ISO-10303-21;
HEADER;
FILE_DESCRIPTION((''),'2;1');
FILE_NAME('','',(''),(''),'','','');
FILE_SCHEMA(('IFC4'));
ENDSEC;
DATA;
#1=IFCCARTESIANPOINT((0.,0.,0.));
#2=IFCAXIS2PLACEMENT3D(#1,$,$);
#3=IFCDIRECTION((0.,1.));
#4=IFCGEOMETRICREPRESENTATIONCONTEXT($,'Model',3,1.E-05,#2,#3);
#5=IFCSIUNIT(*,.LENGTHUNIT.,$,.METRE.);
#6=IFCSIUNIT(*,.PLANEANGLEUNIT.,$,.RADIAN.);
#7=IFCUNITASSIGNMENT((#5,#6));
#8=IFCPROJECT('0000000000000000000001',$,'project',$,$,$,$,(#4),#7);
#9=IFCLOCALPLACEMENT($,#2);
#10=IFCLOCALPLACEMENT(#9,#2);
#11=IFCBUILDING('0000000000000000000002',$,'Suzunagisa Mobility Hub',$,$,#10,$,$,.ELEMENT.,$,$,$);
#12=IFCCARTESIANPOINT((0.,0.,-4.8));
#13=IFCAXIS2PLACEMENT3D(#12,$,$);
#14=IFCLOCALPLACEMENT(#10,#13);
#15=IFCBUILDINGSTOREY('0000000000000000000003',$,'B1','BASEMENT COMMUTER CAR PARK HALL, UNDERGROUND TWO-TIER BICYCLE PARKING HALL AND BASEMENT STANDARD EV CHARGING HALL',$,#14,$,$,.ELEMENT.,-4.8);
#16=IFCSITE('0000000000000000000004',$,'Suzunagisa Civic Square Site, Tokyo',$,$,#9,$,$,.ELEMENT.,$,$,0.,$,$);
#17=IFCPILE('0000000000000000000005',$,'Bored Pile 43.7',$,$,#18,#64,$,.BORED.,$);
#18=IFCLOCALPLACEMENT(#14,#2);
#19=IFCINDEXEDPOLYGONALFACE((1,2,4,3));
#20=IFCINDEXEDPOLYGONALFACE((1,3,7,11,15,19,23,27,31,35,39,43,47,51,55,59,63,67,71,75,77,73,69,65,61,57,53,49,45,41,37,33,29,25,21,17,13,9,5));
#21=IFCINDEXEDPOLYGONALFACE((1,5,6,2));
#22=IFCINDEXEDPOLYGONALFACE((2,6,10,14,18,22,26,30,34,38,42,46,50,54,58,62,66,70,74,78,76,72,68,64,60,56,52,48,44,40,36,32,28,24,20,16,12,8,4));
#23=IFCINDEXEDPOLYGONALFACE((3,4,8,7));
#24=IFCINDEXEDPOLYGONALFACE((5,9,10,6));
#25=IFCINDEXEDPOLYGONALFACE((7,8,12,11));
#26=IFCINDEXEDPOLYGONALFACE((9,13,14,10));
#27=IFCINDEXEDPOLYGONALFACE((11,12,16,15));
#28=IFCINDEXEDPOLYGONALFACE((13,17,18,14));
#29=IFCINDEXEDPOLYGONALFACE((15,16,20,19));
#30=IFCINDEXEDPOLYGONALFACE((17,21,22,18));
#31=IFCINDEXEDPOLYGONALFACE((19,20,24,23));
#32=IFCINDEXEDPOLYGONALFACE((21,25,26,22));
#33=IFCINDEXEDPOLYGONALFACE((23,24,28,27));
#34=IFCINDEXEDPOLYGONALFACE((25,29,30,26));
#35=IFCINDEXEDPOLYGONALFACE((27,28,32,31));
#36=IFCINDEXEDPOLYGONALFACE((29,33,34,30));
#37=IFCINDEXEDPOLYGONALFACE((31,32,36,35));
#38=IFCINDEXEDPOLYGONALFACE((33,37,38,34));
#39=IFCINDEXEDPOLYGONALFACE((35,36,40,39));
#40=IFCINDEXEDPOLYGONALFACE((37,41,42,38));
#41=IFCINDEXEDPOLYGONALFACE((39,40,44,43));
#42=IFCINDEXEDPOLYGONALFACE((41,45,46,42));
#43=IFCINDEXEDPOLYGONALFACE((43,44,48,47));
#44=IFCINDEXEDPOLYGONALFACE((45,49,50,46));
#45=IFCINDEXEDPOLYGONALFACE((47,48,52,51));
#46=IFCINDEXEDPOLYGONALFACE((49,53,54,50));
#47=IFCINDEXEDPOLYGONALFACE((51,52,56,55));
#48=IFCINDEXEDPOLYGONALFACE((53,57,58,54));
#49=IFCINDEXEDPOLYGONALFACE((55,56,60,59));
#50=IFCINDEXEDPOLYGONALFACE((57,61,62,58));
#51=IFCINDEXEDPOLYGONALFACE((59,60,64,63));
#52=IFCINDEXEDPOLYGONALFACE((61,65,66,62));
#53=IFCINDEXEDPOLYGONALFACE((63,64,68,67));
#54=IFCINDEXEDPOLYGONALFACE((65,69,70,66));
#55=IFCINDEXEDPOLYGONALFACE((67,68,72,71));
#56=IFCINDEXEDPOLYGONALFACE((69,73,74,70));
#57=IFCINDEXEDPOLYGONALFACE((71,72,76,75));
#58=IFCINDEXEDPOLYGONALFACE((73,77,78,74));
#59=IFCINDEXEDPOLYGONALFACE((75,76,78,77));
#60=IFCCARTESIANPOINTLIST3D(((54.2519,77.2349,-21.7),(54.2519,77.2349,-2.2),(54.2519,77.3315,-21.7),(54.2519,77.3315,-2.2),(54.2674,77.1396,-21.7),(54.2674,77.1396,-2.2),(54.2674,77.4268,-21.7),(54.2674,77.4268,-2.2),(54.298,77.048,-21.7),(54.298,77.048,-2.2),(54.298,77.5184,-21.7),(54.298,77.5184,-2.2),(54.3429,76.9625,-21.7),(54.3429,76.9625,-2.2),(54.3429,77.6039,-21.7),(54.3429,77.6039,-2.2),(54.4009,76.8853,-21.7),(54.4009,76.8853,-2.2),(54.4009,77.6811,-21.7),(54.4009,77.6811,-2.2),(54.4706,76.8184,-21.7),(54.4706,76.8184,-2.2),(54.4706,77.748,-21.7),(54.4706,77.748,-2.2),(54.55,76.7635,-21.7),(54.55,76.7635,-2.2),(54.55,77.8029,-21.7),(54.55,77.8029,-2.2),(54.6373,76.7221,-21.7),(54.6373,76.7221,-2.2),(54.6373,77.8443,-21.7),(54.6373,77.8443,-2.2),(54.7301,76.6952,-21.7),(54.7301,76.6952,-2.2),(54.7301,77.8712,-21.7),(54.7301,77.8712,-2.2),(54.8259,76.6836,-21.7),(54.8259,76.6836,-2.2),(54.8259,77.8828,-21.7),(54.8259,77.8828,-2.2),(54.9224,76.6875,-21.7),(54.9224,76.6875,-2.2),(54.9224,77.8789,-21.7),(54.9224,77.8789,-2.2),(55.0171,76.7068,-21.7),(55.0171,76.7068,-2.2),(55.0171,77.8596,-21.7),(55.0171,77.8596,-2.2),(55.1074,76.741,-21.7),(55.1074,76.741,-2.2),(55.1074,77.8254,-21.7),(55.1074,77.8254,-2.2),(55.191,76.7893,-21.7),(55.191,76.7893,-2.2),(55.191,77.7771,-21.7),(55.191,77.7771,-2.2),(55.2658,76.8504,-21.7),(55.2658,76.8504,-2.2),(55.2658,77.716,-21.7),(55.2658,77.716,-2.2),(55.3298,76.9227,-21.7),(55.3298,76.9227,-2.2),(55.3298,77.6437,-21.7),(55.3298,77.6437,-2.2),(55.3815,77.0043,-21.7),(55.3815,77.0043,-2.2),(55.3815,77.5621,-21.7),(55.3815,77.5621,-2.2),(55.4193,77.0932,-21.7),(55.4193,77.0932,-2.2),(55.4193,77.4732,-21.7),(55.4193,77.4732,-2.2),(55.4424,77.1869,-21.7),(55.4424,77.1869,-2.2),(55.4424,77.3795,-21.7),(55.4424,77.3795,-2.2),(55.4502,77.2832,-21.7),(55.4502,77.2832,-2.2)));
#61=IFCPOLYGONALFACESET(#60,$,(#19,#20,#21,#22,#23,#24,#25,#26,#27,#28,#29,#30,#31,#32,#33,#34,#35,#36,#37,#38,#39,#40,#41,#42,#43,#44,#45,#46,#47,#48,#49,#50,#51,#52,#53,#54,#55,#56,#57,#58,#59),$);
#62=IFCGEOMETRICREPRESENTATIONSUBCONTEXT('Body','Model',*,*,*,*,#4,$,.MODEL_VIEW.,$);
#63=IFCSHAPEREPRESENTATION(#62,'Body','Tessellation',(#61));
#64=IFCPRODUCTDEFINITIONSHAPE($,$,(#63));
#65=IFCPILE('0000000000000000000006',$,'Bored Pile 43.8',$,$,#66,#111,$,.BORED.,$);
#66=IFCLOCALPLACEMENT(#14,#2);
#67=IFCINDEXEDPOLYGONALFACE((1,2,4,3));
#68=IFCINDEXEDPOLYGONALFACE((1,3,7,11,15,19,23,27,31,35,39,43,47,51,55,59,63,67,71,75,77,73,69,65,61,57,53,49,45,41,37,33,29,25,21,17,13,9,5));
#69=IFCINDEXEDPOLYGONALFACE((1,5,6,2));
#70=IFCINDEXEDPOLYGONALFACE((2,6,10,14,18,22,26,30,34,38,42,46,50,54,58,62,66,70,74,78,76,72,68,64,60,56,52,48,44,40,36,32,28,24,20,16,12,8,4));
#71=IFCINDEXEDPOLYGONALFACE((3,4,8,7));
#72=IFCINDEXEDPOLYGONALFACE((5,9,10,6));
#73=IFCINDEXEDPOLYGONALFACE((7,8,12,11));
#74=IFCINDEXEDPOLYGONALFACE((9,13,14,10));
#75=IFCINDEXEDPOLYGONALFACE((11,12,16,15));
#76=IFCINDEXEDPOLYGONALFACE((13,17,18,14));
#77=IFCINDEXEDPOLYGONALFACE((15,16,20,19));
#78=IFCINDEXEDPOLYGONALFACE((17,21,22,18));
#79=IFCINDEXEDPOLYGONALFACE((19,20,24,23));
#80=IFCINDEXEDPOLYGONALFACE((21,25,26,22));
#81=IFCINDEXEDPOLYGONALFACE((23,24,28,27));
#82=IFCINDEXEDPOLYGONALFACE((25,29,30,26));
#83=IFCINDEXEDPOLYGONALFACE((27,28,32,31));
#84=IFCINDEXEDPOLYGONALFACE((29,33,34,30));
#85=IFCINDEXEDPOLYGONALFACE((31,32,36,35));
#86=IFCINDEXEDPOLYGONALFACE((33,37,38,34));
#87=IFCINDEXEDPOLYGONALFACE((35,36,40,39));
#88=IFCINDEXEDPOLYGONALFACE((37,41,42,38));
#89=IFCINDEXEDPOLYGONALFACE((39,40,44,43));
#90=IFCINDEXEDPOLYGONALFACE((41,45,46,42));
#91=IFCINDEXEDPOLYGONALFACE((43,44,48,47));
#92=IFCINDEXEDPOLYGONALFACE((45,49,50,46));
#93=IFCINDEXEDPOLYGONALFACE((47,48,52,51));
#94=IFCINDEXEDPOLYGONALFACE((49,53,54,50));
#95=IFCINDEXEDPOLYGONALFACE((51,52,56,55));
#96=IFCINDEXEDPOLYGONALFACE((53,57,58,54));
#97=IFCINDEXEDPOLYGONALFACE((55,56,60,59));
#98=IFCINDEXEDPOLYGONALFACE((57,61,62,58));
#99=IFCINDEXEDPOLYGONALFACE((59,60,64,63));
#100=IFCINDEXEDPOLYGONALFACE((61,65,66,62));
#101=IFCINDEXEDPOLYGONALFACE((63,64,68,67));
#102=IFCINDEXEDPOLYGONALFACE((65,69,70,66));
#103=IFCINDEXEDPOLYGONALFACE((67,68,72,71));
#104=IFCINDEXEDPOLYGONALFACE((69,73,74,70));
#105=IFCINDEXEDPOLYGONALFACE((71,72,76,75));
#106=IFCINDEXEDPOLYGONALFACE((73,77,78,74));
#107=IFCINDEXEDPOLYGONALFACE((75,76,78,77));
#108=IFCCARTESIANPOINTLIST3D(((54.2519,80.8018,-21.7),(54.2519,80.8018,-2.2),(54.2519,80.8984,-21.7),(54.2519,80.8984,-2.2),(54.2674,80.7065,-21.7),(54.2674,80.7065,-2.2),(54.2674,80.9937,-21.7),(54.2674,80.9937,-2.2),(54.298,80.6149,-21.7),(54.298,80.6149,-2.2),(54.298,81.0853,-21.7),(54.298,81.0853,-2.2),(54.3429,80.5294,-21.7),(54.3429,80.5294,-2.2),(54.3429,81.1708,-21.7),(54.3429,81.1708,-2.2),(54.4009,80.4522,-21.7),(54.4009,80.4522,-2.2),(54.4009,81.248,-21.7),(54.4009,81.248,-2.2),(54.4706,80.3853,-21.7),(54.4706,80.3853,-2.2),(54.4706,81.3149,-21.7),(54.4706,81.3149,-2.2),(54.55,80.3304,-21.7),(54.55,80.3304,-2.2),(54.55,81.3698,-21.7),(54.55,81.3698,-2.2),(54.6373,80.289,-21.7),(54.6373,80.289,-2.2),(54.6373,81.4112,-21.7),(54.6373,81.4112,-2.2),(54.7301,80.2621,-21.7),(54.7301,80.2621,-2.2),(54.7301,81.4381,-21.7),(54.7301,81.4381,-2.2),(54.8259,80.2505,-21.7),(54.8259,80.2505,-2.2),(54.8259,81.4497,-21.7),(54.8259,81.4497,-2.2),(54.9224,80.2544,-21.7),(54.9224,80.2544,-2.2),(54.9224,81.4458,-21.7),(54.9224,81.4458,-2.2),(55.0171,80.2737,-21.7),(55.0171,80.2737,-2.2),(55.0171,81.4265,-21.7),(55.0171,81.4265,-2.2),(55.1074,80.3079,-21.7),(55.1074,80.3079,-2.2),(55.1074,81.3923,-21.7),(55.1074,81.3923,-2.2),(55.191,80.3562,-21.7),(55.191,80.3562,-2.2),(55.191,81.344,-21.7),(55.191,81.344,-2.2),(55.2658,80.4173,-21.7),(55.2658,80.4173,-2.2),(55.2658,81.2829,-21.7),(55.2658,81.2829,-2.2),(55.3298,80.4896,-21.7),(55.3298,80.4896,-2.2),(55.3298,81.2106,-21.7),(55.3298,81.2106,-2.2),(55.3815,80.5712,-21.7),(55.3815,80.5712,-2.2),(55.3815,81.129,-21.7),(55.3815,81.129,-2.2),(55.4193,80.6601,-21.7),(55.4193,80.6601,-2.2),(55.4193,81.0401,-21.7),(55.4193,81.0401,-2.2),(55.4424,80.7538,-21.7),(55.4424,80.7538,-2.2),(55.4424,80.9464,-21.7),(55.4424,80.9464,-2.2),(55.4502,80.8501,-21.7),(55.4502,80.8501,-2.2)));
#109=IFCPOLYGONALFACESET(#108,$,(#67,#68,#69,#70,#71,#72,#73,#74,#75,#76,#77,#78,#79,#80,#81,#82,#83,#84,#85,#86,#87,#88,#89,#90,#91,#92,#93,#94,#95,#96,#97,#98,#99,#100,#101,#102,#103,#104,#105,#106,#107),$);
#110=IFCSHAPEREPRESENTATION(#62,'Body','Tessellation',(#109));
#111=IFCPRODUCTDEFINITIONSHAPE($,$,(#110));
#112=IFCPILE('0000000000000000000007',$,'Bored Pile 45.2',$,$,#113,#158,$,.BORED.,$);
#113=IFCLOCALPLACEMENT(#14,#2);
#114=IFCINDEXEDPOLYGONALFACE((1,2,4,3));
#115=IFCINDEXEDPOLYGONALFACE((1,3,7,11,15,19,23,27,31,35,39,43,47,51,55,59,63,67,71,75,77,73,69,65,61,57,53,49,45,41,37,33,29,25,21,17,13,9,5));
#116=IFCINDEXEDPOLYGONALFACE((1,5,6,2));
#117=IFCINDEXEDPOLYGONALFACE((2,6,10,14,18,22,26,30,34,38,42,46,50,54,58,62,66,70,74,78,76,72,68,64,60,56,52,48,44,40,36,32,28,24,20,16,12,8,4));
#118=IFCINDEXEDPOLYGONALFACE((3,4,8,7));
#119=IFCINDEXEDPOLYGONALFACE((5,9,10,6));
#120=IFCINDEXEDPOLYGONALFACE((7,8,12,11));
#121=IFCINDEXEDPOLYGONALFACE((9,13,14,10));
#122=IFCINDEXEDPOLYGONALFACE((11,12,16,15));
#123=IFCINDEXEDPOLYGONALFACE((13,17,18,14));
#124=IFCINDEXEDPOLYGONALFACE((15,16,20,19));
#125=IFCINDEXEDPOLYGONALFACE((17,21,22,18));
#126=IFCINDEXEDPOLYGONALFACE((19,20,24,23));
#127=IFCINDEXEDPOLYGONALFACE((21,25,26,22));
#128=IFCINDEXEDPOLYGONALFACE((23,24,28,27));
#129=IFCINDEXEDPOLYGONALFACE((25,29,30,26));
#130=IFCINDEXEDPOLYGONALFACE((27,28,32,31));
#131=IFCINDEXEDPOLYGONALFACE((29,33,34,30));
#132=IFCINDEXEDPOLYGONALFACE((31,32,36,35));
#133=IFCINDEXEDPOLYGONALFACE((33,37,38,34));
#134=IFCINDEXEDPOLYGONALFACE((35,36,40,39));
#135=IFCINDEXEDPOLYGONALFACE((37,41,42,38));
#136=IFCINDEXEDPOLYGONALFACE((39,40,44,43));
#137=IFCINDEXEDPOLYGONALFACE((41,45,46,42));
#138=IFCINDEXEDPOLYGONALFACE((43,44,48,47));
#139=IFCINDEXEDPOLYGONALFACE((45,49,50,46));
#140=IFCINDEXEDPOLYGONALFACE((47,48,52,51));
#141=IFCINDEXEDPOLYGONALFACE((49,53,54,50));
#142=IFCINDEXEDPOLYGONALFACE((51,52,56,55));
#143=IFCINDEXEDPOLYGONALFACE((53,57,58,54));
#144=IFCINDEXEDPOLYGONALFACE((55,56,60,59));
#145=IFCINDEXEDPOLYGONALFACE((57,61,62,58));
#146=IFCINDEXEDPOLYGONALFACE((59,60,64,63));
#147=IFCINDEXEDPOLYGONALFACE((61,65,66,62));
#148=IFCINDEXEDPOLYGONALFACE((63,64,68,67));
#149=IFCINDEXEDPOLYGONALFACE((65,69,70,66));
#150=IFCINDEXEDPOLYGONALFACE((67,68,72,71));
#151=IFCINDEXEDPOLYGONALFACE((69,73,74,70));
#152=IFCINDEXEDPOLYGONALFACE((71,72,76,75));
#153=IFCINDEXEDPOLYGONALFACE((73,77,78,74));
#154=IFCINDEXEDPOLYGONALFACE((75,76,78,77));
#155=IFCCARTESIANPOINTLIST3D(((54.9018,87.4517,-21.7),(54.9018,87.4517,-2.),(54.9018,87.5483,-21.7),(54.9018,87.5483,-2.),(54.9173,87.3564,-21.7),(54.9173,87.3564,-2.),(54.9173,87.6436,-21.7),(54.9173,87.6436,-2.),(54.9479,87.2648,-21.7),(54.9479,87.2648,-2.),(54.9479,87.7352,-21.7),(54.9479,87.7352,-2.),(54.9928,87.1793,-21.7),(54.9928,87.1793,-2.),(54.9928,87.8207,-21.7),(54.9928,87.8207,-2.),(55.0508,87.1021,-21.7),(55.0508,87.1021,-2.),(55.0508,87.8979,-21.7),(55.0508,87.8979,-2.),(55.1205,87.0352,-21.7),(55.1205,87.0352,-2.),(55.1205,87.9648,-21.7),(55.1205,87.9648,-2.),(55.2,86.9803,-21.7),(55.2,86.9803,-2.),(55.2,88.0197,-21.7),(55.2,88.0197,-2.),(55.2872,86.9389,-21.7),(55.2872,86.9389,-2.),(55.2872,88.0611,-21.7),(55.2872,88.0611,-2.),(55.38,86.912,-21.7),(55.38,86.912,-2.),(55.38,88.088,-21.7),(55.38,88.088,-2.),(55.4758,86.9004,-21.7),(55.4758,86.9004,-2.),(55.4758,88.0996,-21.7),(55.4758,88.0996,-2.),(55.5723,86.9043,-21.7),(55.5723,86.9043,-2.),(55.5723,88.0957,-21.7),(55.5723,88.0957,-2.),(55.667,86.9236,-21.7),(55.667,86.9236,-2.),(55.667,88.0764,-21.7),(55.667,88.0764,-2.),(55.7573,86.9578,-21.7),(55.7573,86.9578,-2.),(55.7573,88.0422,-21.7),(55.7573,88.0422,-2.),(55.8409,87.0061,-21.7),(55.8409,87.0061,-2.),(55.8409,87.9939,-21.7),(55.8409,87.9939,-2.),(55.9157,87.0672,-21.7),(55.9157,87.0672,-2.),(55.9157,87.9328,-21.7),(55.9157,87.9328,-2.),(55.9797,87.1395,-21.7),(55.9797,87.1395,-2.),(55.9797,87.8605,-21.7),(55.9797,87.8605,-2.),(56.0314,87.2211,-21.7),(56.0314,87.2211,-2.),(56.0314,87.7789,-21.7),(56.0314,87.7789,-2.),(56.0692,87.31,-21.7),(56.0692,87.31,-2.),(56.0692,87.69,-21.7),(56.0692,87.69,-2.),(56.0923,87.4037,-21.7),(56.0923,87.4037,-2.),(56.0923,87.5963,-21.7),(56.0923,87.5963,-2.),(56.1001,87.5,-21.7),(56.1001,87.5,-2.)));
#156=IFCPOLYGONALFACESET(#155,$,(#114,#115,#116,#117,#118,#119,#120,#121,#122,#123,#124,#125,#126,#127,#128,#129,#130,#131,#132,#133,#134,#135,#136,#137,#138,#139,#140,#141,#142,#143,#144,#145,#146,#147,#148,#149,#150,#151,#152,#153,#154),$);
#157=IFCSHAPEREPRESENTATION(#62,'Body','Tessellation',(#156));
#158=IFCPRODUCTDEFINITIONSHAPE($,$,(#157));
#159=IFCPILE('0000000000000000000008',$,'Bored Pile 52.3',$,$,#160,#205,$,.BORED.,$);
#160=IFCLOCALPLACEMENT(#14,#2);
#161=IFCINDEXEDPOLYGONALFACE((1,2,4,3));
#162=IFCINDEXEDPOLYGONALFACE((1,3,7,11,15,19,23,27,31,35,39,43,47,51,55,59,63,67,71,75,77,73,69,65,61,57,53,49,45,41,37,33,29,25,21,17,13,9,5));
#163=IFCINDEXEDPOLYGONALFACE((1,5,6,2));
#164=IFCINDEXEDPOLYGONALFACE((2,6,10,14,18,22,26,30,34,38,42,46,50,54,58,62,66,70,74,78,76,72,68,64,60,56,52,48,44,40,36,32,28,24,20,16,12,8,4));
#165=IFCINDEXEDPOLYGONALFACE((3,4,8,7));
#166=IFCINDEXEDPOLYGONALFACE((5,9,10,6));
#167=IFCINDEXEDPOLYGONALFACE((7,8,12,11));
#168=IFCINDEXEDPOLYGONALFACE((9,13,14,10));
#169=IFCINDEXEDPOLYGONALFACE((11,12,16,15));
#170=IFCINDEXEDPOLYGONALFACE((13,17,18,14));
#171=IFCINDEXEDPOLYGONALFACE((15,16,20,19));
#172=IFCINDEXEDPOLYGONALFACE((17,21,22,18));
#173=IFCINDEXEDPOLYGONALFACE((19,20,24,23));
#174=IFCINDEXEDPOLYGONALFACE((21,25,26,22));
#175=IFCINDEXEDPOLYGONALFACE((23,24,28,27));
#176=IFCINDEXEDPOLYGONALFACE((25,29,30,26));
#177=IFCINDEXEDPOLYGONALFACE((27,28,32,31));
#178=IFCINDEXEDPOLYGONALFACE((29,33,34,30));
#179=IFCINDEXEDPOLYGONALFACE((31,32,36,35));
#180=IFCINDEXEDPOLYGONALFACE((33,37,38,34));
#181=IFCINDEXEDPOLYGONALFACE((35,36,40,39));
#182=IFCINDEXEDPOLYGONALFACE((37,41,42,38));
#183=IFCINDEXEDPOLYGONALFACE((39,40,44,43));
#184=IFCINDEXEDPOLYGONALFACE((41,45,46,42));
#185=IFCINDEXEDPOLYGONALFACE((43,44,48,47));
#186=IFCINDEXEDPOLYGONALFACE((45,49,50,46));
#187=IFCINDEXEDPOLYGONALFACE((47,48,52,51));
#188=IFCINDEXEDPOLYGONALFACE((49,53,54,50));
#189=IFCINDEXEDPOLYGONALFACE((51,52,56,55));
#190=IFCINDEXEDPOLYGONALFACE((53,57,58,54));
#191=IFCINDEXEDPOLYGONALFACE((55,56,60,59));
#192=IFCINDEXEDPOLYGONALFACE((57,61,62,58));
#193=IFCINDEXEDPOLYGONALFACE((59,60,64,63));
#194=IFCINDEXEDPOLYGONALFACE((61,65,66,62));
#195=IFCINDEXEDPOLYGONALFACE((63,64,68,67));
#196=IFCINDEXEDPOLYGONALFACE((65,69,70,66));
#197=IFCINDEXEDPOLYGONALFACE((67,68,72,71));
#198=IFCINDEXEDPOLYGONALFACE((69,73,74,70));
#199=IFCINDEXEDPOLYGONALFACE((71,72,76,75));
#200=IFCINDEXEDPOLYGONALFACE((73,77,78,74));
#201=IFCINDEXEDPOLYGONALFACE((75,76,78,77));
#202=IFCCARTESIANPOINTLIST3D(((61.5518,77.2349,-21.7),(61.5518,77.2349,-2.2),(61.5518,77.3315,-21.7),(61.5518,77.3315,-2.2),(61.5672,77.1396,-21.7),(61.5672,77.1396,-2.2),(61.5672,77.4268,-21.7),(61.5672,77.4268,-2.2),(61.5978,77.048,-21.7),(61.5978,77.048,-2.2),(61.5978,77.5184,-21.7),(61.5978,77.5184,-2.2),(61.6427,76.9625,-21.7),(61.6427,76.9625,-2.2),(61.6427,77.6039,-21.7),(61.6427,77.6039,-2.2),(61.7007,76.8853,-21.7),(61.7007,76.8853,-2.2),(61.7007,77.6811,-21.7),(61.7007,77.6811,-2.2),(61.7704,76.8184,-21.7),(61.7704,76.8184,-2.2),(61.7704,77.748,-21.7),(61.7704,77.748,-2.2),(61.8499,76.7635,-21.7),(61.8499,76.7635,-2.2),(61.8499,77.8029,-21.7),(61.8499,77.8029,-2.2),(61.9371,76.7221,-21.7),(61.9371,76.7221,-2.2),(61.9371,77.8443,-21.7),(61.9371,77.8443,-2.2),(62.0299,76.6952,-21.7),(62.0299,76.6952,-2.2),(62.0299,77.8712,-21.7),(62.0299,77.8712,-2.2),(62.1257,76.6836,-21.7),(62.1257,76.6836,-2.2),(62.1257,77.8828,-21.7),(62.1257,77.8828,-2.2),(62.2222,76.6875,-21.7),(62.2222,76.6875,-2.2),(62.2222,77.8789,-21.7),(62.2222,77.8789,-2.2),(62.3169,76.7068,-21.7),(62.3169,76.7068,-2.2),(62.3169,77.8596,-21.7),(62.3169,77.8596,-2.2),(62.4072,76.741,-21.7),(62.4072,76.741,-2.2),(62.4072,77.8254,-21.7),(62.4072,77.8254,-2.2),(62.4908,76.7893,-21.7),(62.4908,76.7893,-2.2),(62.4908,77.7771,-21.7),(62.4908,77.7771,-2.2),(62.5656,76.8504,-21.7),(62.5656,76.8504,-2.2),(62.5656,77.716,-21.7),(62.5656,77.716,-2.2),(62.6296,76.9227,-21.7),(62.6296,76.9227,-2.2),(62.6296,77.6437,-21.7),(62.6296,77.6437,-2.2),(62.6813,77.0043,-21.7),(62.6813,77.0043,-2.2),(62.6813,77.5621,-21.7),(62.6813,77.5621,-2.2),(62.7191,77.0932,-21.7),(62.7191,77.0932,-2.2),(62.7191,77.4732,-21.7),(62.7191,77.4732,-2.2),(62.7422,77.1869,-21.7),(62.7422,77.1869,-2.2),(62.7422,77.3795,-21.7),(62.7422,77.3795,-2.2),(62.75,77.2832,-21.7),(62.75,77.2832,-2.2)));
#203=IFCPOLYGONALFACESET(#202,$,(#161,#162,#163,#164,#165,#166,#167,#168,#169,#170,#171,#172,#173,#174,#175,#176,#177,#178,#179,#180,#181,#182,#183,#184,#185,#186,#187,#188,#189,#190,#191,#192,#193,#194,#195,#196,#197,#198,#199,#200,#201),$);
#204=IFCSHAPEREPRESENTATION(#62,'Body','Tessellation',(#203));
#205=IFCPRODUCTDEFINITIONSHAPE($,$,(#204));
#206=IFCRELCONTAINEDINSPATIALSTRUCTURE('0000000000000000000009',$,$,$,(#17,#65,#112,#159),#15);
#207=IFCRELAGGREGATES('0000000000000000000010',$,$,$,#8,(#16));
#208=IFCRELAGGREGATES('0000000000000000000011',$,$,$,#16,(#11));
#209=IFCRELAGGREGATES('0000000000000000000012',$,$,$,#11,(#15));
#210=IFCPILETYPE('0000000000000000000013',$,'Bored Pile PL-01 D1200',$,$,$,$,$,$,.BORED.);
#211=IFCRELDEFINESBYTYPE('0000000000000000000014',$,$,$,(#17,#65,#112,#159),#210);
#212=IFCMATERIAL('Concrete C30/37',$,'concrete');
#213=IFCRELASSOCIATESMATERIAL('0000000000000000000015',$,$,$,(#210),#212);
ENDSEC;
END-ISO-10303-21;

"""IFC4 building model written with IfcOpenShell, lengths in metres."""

from ifc_helpers import new_model, si_unit, direction, frame, origin, origin_2d, place, context, subcontext, project, spatial, circle, extrude, material, material_profile, profile_set, type_object, element, save


model = new_model("IFC4")

# Units and contexts
model_context = context("Model", 3, precision=1e-05, world=origin(), true_north=direction((0.0, 1.0)))
body_context = subcontext(model_context, "Body", "Model", "MODEL_VIEW")
ifc_project = project(units=[si_unit("LENGTHUNIT", "METRE"), si_unit("PLANEANGLEUNIT", "RADIAN")], contexts=[model_context])

# Site, building, storey
site_placement = place(None, origin())
site = spatial("IfcSite", under=ifc_project, at=site_placement, Name="Suzunagisa Civic Square Site, Tokyo", CompositionType="ELEMENT", RefElevation=0.0)
building_placement = place(site_placement, origin())
building = spatial("IfcBuilding", under=site, at=building_placement, Name="Suzunagisa Mobility Hub", CompositionType="ELEMENT")
storey_placement = place(building_placement, frame((0.0, 0.0, -4.8)))
storey = spatial("IfcBuildingStorey", under=building, at=storey_placement, Name="B1", Description="BASEMENT COMMUTER CAR PARK HALL, UNDERGROUND TWO-TIER BICYCLE PARKING HALL AND BASEMENT STANDARD EV CHARGING HALL", CompositionType="ELEMENT", Elevation=-4.8)

# Piles
ifc_material_1 = material(Name="Concrete C30/37", Category="concrete")
ifc_material_profile_1 = material_profile(ifc_material_1, circle(Radius=0.6001, at=origin_2d()), Name="BORED PILE D1200")
ifc_profile_set_1 = profile_set([ifc_material_profile_1], Name="Concrete C30/37")
pile_type = type_object("IfcPileType", Name="Bored Pile PL-01 D1200", PredefinedType="BORED", material=ifc_profile_set_1)
for number, where, z_axis, x_axis, name in (
    (1, (54.8501, 77.2832, -2.2), (0.0, 0.0, -1.0), (1.0, 0.0, 0.0), "Bored Pile 43.7"),
    (2, (54.8501, 80.8501, -2.2), (0.0, 0.0, -1.0), (1.0, 0.0, 0.0), "Bored Pile 43.8"),
):
    element("IfcPile", number, at=place(storey_placement, frame(where, z_axis=z_axis, x_axis=x_axis)), inside=storey, type_object=pile_type, Name=name, PredefinedType="BORED", context=body_context, shape_type="SweptSolid", body=[
        extrude(circle(Radius=0.6001, at=origin_2d()), origin(), (0.0, 0.0, 1.0), 19.5),
    ])
pile_1_placement = place(storey_placement, frame((55.5, 87.5, -2.0), z_axis=(0.0, 0.0, -1.0), x_axis=(1.0, 0.0, 0.0)))
element("IfcPile", 3, at=pile_1_placement, inside=storey, type_object=pile_type, Name="Bored Pile 45.2", PredefinedType="BORED", context=body_context, shape_type="SweptSolid", body=[
    extrude(circle(Radius=0.6001, at=origin_2d()), origin(), (0.0, 0.0, 1.0), 19.7),
])
for number, where, z_axis, x_axis, name in (
    (4, (62.1499, 77.2832, -2.2), (0.0, 0.0, -1.0), (1.0, 0.0, 0.0), "Bored Pile 52.3"),
):
    element("IfcPile", number, at=place(storey_placement, frame(where, z_axis=z_axis, x_axis=x_axis)), inside=storey, type_object=pile_type, Name=name, PredefinedType="BORED", context=body_context, shape_type="SweptSolid", body=[
        extrude(circle(Radius=0.6001, at=origin_2d()), origin(), (0.0, 0.0, 1.0), 19.5),
    ])

save(model, "model.ifc")
